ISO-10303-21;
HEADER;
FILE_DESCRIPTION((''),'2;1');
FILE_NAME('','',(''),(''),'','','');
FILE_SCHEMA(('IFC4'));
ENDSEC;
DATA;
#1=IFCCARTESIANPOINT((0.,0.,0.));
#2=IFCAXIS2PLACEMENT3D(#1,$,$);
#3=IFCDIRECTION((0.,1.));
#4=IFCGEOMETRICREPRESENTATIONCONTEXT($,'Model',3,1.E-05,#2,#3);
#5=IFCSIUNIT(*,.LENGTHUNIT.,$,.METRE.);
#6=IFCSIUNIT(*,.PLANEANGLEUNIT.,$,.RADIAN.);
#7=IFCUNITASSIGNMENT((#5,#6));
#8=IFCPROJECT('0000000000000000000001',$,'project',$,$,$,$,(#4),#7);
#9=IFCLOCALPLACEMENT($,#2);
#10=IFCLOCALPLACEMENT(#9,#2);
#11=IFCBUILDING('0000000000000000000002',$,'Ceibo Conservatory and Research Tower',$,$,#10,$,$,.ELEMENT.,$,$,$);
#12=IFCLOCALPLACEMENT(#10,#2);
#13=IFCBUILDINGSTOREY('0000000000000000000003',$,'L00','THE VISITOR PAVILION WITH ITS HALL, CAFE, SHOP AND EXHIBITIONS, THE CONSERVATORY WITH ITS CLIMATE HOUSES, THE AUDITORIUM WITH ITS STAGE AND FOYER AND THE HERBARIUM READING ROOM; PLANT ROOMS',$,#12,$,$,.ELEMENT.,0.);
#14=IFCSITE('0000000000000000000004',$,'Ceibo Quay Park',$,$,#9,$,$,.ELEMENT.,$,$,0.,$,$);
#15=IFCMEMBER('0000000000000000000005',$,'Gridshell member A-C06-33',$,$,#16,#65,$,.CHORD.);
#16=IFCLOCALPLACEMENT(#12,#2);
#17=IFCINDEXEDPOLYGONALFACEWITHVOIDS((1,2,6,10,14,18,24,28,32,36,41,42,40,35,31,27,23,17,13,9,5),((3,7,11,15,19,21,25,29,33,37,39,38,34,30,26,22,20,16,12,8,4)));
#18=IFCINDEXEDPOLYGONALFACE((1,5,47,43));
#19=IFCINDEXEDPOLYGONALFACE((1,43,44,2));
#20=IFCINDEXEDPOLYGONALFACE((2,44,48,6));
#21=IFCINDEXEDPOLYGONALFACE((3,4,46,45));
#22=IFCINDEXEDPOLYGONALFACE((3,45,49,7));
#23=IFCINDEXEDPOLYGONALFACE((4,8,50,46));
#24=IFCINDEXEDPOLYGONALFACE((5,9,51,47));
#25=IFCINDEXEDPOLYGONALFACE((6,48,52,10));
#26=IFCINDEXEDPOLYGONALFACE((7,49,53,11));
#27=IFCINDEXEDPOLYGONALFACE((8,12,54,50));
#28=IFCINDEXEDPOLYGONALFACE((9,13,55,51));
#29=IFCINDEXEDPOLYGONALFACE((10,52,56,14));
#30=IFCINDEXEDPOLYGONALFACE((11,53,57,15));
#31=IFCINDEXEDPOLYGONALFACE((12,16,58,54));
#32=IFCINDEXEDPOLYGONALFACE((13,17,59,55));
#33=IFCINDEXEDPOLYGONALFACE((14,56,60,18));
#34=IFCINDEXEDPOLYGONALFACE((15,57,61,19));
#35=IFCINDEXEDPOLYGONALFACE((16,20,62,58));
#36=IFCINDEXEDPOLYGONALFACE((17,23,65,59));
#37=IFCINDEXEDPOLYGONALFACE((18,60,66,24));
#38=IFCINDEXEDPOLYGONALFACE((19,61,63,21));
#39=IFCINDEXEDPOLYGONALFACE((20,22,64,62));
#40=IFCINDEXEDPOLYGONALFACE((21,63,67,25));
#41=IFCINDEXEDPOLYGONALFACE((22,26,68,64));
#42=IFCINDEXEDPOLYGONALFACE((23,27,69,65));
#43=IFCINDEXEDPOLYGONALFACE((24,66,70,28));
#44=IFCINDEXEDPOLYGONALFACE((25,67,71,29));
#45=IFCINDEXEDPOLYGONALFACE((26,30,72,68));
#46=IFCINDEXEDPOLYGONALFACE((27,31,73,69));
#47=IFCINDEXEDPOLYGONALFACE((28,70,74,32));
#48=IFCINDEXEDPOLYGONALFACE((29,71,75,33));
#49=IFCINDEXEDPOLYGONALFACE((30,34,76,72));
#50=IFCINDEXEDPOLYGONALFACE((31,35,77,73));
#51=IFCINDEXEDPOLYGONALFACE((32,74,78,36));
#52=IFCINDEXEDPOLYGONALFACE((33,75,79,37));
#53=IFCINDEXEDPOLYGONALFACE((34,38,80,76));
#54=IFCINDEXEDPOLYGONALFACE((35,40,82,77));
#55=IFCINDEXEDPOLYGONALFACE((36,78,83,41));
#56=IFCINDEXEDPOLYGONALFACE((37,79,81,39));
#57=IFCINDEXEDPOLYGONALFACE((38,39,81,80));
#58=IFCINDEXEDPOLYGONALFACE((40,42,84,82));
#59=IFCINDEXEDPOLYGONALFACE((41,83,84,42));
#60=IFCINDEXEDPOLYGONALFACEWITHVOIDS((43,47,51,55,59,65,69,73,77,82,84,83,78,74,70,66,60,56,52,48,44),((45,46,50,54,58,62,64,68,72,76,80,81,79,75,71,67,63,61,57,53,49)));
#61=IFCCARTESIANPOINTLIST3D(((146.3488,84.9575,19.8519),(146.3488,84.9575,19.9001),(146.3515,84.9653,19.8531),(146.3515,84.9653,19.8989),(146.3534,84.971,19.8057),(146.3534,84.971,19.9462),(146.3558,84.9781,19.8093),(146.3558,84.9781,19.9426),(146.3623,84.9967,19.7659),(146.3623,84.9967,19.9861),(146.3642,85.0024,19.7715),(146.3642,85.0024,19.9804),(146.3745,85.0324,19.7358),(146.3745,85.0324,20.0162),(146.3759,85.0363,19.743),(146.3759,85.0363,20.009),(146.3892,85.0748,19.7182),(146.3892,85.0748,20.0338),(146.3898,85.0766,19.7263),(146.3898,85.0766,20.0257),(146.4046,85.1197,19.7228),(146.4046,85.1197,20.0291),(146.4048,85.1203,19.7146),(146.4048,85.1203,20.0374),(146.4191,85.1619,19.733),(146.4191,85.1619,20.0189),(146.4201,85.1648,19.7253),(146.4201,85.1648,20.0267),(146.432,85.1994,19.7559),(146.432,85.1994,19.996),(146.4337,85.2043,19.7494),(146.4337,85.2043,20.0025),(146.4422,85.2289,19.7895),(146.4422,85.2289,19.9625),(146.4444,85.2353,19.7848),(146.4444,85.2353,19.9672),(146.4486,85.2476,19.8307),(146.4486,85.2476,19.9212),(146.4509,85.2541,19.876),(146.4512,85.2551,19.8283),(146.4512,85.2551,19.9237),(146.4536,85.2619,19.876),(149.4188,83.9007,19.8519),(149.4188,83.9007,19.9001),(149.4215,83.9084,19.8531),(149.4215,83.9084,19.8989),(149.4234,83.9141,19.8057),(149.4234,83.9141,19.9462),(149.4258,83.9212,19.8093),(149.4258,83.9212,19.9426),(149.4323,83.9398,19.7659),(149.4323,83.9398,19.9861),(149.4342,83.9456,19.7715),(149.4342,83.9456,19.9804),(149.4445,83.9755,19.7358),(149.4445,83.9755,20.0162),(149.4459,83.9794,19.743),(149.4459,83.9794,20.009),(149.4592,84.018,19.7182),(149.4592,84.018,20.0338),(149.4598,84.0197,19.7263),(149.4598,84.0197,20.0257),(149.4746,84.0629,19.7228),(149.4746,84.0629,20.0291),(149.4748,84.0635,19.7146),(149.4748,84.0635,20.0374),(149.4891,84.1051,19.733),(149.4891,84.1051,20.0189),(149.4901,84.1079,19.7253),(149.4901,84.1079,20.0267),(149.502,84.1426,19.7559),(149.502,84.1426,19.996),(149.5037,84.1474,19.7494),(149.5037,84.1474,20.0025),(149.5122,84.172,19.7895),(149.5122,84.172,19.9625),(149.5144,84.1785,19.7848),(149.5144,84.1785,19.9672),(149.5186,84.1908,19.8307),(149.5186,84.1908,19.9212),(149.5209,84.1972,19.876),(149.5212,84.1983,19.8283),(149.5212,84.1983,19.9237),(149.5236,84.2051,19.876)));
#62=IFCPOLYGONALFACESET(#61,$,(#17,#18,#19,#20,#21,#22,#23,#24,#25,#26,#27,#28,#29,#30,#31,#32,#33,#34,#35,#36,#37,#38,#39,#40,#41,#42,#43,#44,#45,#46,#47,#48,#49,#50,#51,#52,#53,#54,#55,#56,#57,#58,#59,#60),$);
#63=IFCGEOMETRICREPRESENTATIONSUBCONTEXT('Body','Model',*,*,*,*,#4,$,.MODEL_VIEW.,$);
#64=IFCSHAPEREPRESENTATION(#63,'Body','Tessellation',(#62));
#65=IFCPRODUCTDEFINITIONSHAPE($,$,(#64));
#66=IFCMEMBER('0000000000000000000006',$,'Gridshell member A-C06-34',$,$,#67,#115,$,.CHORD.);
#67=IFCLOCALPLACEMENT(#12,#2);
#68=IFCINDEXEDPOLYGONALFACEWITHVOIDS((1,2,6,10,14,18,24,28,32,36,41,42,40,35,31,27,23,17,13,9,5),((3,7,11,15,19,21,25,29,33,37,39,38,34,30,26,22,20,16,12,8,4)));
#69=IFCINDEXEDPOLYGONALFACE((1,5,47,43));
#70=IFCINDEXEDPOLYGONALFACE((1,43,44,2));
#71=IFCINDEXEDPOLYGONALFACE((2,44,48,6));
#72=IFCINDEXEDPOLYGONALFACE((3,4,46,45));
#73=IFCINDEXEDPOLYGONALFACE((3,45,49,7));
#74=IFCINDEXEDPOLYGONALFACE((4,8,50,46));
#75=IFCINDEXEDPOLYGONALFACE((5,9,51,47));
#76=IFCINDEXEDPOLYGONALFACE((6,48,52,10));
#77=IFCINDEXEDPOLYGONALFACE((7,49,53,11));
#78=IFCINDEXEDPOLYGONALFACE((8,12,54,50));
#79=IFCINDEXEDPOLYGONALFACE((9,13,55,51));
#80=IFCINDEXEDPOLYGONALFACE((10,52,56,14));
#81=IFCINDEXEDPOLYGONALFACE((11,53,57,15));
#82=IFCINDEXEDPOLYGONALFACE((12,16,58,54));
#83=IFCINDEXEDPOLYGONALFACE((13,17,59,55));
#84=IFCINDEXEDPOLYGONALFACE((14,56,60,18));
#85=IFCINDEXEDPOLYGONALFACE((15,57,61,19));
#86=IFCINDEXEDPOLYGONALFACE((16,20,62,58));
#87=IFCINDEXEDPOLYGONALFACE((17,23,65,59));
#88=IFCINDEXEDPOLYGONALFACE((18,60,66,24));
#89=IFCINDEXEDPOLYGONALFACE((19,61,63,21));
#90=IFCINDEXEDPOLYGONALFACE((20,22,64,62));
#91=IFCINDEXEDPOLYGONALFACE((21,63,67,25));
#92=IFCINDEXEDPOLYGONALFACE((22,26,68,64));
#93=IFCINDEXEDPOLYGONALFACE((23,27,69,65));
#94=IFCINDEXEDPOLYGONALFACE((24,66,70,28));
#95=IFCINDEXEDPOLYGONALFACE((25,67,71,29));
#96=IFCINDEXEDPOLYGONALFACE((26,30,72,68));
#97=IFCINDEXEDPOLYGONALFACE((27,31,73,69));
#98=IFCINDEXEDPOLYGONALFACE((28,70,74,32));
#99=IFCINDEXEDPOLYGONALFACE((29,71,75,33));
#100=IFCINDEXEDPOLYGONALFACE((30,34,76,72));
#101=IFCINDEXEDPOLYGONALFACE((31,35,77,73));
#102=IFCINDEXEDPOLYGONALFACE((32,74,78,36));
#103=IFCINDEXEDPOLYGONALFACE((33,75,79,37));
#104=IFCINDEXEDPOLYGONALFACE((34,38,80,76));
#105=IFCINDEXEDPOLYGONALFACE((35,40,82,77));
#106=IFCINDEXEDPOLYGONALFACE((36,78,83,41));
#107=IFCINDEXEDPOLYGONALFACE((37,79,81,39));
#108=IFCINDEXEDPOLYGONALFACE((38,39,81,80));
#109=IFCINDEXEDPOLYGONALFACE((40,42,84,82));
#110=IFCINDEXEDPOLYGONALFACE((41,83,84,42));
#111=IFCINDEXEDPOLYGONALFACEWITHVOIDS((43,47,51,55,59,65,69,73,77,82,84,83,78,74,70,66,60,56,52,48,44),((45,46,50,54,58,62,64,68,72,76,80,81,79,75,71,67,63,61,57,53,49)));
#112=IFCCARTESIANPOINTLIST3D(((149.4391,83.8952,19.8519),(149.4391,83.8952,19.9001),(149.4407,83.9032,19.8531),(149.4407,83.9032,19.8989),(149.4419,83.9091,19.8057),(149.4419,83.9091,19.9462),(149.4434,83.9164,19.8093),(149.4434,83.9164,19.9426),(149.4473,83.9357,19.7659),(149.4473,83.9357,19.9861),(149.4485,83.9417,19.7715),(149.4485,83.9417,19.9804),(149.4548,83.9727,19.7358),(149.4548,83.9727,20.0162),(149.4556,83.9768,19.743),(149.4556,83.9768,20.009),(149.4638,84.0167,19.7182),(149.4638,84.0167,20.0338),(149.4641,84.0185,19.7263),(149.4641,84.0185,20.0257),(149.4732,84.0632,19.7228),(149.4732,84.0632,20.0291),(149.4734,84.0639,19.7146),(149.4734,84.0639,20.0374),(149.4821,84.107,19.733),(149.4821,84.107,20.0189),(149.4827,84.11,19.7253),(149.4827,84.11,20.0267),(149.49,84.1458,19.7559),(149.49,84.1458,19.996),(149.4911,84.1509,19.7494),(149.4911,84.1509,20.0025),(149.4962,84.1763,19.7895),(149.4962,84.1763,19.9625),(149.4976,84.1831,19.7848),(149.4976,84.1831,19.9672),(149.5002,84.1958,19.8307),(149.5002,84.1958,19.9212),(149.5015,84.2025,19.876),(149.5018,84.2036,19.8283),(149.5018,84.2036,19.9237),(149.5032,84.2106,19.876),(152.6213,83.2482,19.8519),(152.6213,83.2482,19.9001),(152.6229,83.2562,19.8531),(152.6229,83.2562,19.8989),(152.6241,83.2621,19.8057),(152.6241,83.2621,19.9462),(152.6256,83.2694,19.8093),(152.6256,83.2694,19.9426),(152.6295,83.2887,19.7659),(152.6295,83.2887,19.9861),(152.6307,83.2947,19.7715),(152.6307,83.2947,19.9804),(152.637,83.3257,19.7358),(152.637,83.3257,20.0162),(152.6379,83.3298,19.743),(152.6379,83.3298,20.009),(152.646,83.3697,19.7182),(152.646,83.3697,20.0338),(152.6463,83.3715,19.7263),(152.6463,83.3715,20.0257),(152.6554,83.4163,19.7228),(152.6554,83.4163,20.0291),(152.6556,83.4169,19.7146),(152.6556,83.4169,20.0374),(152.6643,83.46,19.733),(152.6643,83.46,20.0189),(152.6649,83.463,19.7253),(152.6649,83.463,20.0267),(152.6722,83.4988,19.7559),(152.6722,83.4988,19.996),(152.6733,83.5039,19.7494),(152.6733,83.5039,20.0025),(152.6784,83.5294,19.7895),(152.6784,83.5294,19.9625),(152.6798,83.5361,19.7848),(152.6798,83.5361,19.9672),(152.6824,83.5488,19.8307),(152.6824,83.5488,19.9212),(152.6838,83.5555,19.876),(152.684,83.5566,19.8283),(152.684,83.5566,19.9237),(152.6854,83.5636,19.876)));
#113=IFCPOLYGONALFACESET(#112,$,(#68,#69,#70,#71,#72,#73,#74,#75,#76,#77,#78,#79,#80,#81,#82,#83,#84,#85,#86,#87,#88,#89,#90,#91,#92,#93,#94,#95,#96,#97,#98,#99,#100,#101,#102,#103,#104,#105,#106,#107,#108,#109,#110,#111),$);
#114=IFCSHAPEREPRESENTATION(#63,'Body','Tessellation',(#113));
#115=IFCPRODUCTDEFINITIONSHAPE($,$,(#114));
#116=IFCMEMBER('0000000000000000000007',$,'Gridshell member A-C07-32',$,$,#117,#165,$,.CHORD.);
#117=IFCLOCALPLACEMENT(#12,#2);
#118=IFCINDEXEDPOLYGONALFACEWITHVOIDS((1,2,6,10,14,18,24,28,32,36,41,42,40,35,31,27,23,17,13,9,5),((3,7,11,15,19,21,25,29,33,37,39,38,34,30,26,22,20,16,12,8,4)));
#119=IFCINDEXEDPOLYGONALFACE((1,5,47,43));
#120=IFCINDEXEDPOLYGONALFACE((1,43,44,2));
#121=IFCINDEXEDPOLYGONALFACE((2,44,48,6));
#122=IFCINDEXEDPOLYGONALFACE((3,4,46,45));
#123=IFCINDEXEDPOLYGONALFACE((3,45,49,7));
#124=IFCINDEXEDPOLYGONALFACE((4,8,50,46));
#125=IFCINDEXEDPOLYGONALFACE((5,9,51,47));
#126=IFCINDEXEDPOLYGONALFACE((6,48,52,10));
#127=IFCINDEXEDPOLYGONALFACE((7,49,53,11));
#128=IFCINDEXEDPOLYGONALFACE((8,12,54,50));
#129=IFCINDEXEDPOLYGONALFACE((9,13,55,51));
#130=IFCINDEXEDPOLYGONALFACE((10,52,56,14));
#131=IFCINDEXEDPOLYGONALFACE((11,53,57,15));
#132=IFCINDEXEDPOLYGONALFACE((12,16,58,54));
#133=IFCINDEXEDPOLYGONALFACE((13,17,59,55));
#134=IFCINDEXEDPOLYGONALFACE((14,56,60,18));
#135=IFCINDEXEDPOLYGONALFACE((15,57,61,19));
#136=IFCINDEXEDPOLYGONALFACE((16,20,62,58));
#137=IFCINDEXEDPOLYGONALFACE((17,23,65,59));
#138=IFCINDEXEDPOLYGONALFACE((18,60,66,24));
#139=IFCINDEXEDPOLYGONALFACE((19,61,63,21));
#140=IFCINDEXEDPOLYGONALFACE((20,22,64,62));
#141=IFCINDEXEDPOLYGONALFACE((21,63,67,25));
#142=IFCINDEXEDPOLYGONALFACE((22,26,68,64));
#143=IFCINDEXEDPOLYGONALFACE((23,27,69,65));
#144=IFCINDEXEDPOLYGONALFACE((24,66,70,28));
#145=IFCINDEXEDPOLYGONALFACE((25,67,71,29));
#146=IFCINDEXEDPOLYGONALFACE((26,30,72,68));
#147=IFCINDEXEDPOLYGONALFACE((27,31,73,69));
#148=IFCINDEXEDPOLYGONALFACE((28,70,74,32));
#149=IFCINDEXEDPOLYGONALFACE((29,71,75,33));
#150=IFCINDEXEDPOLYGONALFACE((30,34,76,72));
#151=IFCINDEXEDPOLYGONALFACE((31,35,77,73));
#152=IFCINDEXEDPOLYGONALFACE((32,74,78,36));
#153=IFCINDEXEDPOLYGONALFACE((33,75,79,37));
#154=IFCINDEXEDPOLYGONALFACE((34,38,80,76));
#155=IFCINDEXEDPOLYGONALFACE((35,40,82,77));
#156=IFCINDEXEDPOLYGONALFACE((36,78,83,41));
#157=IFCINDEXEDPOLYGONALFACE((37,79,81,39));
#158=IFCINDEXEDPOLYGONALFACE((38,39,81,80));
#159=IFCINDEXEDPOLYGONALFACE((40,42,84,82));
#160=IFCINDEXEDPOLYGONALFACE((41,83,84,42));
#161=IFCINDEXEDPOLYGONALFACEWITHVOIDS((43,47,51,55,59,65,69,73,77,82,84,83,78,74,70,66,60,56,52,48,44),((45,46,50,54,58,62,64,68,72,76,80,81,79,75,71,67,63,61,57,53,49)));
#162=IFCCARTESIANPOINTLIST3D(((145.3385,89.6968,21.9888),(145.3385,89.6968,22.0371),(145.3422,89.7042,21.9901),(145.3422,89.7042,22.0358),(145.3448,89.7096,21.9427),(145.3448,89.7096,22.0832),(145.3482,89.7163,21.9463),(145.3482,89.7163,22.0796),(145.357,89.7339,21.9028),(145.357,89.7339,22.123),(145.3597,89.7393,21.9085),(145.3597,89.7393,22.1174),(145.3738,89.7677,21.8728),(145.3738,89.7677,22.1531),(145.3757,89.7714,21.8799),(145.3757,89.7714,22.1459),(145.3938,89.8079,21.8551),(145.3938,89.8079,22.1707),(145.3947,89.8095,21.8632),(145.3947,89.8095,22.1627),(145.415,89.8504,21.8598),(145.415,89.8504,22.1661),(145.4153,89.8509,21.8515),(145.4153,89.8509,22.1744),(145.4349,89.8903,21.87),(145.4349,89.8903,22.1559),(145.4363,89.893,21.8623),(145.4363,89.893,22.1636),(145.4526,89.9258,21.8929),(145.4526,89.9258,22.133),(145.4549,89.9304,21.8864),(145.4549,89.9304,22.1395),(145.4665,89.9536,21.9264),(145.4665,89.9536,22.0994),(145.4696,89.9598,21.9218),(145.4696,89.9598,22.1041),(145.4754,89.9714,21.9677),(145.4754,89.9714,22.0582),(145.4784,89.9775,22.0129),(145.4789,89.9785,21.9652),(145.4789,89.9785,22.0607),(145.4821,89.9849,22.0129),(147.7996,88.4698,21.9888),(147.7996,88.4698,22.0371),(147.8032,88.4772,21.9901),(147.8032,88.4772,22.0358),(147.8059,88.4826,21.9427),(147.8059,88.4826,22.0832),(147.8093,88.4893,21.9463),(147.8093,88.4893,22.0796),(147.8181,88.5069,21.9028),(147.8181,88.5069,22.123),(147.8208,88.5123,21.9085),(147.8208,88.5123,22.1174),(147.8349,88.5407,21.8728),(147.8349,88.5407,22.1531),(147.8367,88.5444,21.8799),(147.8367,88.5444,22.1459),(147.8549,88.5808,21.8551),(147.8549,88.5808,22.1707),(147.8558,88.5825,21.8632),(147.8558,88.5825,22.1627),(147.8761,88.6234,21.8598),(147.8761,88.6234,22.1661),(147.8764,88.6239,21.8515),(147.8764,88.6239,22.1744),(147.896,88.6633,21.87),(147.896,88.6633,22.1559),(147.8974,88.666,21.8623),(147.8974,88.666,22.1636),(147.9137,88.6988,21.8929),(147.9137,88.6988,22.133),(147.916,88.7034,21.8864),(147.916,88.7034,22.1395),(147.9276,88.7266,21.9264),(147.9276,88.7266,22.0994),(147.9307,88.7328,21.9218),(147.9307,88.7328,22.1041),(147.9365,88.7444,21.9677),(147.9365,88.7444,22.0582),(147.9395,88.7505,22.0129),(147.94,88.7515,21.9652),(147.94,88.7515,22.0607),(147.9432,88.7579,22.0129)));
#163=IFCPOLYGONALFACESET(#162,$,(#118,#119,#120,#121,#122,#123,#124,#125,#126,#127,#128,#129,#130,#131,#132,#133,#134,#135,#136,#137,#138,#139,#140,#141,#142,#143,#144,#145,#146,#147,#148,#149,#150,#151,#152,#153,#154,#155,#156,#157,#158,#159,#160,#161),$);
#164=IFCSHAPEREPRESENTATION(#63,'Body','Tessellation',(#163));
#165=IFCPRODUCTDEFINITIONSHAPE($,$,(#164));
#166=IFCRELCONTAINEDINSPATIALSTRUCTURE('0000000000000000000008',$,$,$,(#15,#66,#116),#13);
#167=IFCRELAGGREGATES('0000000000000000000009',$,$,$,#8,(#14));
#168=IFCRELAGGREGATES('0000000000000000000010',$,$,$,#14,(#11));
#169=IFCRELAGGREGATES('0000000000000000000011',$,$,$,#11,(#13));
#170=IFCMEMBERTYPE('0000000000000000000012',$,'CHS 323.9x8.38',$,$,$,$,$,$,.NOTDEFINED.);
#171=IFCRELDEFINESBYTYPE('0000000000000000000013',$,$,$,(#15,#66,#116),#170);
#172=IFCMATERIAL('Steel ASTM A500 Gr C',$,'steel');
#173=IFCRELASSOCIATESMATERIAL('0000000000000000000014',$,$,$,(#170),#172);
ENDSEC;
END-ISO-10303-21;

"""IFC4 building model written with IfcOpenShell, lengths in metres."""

from ifc_helpers import new_model, si_unit, direction, frame, origin, origin_2d, place, context, subcontext, project, spatial, hollow_circle, extrude, material, material_profile, profile_set, type_object, element, save


model = new_model("IFC4")

# Units and contexts
model_context = context("Model", 3, precision=1e-05, world=origin(), true_north=direction((0.0, 1.0)))
body_context = subcontext(model_context, "Body", "Model", "MODEL_VIEW")
ifc_project = project(units=[si_unit("LENGTHUNIT", "METRE"), si_unit("PLANEANGLEUNIT", "RADIAN")], contexts=[model_context])

# Site, building, storey
site_placement = place(None, origin())
site = spatial("IfcSite", under=ifc_project, at=site_placement, Name="Ceibo Quay Park", CompositionType="ELEMENT", RefElevation=0.0)
building_placement = place(site_placement, origin())
building = spatial("IfcBuilding", under=site, at=building_placement, Name="Ceibo Conservatory and Research Tower", CompositionType="ELEMENT")
storey_placement = place(building_placement, origin())
storey = spatial("IfcBuildingStorey", under=building, at=storey_placement, Name="L00", Description="THE VISITOR PAVILION WITH ITS HALL, CAFE, SHOP AND EXHIBITIONS, THE CONSERVATORY WITH ITS CLIMATE HOUSES, THE AUDITORIUM WITH ITS STAGE AND FOYER AND THE HERBARIUM READING ROOM; PLANT ROOMS", CompositionType="ELEMENT", Elevation=0.0)

# Members
ifc_material_1 = material(Name="Steel ASTM A500 Gr C", Category="steel")
ifc_material_profile_1 = material_profile(ifc_material_1, hollow_circle(Radius=0.1619, WallThickness=0.0083, at=origin_2d()), Name="CHS 323.9x8.38")
ifc_profile_set_1 = profile_set([ifc_material_profile_1], Name="Steel ASTM A500 Gr C")
member_type_1 = type_object("IfcMemberType", Name="CHS 323.9x8.38", PredefinedType="NOTDEFINED", material=ifc_profile_set_1)
member_1_placement = place(storey_placement, frame((146.4009, 85.1089, 19.876), z_axis=(0.94554, -0.325506, 0.0), x_axis=(0.325506, 0.94554, 0.0)))
element("IfcMember", 1, at=member_1_placement, inside=storey, type_object=member_type_1, Name="Gridshell member A-C06-33", PredefinedType="CHORD", context=body_context, shape_type="SweptSolid", body=[
    extrude(hollow_circle(Radius=0.1619, WallThickness=0.0083, at=origin_2d()), origin(), (0.0, 0.0, 1.0), 3.2468),
])
member_2_placement = place(storey_placement, frame((149.4709, 84.052, 19.876), z_axis=(0.979951, -0.199238, 0.0), x_axis=(0.199238, 0.979951, 0.0)))
element("IfcMember", 2, at=member_2_placement, inside=storey, type_object=member_type_1, Name="Gridshell member A-C06-34", PredefinedType="CHORD", context=body_context, shape_type="SweptSolid", body=[
    extrude(hollow_circle(Radius=0.1619, WallThickness=0.0083, at=origin_2d()), origin(), (0.0, 0.0, 1.0), 3.2473),
])
member_3_placement = place(storey_placement, frame((145.4099, 89.8401, 22.0129), z_axis=(0.894941, -0.446184, 0.0), x_axis=(0.446184, 0.894941, 0.0)))
element("IfcMember", 3, at=member_3_placement, inside=storey, type_object=member_type_1, Name="Gridshell member A-C07-32", PredefinedType="CHORD", context=body_context, shape_type="SweptSolid", body=[
    extrude(hollow_circle(Radius=0.1619, WallThickness=0.0083, at=origin_2d()), origin(), (0.0, 0.0, 1.0), 2.75),
])

save(model, "model.ifc")
